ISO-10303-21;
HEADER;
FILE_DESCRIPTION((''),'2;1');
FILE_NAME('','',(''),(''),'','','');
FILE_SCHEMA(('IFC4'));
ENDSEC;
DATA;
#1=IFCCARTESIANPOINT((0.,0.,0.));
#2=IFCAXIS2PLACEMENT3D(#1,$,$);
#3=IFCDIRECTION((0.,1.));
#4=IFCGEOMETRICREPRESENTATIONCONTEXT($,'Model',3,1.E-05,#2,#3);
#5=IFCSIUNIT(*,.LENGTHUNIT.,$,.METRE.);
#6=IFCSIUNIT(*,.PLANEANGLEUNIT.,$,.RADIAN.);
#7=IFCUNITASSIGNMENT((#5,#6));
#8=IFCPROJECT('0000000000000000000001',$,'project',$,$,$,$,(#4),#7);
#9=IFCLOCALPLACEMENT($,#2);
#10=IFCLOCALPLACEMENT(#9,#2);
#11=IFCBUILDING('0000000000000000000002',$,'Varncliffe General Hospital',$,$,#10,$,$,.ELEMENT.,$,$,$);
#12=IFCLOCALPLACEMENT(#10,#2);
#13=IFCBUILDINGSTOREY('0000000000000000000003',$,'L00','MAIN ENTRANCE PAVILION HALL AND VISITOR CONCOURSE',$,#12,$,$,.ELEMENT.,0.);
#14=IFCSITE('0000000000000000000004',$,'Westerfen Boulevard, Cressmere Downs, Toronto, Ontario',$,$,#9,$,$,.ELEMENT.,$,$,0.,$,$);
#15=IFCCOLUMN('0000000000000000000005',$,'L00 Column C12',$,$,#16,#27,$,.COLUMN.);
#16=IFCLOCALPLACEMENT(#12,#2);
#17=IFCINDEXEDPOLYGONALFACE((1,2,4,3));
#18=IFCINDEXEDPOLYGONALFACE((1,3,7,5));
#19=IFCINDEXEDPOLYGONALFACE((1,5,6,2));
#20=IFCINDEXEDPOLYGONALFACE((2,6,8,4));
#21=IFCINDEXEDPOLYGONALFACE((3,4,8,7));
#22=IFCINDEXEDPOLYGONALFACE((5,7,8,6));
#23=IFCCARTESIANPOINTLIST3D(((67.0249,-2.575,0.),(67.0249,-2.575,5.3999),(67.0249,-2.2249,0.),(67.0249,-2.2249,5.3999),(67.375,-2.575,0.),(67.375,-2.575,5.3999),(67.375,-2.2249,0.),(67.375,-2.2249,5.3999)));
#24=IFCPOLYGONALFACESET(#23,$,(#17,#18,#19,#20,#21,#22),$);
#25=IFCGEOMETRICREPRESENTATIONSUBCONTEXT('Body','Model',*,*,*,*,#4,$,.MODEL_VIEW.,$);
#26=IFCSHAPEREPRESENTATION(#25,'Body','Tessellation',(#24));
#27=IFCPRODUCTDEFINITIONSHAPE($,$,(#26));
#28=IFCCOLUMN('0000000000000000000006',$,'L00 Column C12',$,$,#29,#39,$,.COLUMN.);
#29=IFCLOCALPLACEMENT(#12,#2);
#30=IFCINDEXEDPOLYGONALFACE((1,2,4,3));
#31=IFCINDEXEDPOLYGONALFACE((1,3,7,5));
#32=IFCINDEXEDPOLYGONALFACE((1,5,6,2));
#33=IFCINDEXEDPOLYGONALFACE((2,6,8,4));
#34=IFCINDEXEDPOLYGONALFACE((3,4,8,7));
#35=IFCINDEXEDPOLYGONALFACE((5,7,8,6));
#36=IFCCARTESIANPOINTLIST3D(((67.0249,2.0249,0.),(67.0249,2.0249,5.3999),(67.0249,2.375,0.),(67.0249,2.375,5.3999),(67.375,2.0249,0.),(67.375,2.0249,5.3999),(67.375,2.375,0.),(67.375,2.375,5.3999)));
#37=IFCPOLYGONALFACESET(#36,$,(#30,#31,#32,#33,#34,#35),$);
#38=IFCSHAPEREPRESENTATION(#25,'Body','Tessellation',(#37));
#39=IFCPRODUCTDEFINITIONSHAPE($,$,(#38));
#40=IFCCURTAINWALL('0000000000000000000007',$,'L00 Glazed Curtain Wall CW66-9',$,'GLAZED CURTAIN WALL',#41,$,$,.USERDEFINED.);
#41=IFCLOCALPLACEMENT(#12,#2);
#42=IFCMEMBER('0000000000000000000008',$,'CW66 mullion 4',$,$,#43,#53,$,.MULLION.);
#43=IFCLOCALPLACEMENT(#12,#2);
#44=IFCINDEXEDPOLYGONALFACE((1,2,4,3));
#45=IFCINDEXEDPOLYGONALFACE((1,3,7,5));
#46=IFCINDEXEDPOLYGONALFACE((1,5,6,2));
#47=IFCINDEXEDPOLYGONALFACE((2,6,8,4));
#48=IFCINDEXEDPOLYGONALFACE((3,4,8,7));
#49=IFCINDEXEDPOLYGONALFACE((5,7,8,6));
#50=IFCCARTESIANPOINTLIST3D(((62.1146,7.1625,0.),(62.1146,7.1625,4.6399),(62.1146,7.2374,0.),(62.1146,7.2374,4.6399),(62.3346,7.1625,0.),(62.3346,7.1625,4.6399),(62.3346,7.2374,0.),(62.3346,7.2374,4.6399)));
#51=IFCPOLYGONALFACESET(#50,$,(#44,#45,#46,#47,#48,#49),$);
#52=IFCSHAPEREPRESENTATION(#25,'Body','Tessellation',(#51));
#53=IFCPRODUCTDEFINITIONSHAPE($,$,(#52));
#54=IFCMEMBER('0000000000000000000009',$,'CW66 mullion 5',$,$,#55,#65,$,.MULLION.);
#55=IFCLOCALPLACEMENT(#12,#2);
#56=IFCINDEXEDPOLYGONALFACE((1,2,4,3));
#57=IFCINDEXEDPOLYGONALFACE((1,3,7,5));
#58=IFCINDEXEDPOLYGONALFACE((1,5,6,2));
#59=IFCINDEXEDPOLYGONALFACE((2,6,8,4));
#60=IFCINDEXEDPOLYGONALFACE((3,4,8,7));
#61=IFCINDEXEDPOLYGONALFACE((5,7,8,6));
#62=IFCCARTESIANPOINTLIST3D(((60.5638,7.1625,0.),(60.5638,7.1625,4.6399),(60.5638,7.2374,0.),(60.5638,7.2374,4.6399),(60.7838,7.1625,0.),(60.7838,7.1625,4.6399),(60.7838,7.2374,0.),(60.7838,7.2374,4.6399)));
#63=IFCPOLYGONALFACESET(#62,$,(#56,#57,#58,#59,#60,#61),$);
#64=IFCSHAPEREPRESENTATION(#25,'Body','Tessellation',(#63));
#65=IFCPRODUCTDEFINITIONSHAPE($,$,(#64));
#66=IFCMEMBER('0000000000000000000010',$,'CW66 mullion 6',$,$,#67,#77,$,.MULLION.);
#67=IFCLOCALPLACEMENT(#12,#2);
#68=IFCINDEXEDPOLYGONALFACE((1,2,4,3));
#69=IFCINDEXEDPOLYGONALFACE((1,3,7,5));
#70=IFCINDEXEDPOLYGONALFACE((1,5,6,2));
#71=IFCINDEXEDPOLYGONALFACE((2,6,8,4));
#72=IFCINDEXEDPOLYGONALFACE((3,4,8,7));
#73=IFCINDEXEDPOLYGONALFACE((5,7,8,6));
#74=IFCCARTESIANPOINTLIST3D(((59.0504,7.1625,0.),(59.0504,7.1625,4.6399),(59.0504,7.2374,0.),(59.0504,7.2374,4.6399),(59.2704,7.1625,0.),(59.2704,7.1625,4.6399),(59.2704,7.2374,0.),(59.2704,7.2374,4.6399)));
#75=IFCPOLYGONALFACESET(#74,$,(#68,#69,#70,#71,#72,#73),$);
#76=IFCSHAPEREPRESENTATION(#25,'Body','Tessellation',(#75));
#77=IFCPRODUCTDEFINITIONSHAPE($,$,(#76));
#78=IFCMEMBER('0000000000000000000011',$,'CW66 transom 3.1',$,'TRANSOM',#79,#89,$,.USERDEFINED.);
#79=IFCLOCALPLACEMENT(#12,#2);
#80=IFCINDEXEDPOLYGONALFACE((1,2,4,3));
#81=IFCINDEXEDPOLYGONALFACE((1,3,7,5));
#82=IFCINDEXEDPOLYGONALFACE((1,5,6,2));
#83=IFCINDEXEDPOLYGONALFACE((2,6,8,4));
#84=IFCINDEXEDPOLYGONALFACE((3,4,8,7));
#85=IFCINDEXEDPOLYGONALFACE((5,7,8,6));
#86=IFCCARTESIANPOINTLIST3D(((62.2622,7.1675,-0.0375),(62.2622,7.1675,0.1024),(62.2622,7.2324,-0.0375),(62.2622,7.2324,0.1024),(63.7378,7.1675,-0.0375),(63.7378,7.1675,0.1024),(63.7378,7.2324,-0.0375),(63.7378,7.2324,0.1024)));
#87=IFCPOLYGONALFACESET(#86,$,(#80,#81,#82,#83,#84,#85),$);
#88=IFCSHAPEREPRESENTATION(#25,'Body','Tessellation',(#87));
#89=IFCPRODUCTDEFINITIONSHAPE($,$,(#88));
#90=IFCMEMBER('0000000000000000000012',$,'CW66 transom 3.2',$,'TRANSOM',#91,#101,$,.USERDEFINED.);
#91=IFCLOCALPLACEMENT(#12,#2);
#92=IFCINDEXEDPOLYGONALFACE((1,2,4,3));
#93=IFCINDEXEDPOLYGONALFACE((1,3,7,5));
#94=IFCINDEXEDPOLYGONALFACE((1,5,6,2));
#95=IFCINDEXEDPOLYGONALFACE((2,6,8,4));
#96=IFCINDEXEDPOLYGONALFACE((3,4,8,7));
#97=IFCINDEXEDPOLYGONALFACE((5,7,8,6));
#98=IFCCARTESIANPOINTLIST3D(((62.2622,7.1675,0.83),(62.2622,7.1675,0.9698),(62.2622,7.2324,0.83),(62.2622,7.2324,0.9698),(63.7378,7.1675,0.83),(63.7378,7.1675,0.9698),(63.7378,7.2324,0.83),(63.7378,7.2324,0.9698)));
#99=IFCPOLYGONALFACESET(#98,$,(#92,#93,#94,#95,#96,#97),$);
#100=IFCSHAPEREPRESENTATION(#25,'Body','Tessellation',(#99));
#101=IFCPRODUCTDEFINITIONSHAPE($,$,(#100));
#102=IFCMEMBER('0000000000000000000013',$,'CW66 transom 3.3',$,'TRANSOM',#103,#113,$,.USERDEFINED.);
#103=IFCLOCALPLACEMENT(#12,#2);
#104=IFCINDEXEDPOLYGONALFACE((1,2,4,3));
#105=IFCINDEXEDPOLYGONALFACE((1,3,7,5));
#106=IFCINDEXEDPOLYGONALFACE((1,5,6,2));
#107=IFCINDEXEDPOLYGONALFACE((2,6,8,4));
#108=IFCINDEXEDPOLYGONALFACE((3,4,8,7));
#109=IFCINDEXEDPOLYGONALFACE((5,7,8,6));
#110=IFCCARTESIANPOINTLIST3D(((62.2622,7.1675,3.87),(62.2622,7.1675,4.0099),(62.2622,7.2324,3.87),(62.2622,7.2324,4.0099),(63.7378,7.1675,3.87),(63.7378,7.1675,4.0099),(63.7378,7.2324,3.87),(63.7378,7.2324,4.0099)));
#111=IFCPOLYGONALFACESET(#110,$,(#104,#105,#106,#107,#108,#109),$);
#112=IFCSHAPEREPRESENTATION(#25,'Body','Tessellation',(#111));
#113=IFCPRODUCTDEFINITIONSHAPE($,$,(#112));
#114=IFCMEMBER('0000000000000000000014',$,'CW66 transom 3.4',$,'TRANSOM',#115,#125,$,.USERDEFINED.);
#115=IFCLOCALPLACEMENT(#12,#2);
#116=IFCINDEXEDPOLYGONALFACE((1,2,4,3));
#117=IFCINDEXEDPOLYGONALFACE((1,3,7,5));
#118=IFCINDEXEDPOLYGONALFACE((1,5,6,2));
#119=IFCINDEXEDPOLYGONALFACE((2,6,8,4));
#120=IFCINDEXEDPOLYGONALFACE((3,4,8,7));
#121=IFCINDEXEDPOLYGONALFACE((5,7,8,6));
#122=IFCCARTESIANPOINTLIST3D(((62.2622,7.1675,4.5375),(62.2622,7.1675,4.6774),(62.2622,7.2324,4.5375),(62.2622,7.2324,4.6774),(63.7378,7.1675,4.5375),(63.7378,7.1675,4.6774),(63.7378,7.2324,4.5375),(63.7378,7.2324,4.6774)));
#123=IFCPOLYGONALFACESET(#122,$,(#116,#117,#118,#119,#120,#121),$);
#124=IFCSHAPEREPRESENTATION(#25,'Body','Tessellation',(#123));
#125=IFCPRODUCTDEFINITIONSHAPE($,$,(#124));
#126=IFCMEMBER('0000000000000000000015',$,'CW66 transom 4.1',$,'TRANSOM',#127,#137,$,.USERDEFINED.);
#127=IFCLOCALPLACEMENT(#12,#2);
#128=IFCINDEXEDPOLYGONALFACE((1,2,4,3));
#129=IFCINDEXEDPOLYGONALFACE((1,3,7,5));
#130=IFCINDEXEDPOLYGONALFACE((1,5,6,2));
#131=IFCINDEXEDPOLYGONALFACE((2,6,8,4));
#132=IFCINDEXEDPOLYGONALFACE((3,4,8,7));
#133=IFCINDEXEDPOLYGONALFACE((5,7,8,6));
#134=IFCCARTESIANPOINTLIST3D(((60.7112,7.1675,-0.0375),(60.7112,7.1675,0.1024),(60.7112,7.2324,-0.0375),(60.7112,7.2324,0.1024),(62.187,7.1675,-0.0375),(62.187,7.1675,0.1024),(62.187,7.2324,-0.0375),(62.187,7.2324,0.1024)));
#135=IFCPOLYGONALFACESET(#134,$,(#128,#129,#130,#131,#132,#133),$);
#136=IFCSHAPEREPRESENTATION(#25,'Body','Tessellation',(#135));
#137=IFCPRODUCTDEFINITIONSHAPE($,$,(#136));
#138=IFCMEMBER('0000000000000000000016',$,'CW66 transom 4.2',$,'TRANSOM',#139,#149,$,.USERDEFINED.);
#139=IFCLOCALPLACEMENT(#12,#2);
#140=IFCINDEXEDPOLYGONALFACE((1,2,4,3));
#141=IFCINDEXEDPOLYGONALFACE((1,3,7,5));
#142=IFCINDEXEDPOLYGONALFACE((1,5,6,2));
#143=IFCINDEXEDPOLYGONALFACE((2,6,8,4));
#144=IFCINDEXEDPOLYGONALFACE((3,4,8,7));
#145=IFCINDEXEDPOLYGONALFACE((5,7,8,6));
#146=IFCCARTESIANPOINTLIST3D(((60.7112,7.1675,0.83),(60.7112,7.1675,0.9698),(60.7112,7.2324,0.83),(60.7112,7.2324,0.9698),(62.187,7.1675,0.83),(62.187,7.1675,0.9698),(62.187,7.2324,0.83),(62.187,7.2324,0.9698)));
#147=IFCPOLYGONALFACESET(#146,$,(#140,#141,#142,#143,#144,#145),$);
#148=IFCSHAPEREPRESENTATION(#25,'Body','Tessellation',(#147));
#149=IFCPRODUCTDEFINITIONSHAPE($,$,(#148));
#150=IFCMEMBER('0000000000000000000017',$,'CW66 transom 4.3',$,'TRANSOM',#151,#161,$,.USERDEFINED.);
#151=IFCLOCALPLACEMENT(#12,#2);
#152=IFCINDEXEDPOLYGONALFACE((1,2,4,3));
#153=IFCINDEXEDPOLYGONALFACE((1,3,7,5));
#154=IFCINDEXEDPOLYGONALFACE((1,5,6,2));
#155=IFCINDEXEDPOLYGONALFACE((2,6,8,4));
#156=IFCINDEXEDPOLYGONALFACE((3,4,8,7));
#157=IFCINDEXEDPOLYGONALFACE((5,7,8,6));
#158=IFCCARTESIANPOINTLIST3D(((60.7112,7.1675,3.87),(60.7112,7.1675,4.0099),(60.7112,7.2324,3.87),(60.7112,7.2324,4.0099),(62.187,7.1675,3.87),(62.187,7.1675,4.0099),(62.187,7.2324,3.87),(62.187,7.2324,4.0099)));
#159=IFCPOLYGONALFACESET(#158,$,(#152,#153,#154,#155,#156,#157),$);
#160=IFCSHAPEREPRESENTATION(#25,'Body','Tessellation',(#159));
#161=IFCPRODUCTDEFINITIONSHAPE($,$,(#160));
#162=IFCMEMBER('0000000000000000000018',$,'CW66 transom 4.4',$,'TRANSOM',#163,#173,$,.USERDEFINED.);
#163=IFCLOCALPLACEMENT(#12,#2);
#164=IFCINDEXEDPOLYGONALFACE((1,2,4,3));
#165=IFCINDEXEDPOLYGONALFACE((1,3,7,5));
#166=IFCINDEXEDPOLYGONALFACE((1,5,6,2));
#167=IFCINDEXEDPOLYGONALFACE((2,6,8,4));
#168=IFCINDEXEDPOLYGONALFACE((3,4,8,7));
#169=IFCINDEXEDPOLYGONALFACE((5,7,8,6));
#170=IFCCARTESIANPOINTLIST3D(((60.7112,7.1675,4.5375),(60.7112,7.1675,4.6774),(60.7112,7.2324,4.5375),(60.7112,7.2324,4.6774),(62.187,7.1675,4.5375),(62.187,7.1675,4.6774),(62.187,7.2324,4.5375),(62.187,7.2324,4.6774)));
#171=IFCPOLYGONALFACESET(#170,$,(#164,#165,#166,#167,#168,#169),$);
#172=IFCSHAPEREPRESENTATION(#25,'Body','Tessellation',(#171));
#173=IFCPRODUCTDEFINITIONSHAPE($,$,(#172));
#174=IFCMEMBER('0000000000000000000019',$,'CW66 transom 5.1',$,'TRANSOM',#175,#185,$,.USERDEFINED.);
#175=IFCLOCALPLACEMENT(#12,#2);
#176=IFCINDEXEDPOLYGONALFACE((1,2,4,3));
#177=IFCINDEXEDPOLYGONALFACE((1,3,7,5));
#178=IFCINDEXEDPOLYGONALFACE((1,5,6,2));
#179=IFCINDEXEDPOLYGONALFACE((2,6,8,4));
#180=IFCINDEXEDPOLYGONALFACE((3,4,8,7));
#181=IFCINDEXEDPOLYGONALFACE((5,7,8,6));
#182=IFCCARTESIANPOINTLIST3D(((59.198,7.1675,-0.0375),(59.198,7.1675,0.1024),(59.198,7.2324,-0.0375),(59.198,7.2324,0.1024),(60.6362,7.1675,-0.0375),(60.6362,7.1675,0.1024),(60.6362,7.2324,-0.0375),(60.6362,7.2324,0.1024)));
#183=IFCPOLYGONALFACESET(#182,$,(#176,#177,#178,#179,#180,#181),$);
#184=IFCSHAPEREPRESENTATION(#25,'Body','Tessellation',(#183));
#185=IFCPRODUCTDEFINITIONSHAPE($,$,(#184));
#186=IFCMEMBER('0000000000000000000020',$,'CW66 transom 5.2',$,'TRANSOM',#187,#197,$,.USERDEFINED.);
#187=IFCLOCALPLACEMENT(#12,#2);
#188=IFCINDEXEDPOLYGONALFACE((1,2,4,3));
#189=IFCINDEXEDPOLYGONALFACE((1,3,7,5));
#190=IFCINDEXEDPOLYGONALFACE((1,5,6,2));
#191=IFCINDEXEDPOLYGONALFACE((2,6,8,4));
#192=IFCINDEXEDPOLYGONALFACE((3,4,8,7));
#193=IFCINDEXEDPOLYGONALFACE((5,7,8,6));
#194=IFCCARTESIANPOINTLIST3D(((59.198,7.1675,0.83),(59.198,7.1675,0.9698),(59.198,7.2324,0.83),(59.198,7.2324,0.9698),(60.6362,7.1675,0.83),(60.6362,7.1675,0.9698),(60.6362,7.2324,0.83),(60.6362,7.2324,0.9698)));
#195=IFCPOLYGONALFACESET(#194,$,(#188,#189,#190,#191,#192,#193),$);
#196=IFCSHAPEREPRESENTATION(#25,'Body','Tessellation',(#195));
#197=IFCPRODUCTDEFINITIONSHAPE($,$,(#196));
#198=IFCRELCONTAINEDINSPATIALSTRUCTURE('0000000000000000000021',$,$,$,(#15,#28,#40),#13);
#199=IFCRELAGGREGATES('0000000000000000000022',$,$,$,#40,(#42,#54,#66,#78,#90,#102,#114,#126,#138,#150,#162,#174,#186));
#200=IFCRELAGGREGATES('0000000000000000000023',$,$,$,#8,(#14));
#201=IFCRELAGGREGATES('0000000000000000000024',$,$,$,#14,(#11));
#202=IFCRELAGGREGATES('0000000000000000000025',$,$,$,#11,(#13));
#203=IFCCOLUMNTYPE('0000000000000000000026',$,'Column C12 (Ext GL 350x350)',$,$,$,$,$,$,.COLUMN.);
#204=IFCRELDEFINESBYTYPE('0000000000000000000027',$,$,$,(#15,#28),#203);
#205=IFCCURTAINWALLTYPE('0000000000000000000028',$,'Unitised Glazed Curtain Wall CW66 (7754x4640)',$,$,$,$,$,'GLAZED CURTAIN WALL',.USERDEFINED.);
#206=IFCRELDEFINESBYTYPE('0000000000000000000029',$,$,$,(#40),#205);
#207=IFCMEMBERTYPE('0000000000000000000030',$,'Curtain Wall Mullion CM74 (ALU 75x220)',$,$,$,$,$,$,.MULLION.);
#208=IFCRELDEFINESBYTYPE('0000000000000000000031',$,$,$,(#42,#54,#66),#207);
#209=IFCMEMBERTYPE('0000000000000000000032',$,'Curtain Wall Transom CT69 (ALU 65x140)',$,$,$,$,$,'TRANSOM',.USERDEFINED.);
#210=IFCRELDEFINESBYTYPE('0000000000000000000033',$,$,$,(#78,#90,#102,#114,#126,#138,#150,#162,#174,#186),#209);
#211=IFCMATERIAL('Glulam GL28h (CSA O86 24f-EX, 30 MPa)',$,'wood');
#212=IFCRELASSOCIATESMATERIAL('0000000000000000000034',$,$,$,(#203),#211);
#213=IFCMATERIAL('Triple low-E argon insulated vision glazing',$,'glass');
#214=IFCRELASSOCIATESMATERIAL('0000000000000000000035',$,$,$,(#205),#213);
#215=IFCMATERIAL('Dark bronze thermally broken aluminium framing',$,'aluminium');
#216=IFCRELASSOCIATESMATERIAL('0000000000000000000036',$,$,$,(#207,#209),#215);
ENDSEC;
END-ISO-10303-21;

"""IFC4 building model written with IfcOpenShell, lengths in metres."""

from ifc_helpers import new_model, si_unit, direction, frame, origin, origin_2d, place, context, subcontext, project, spatial, rectangle, extrude, material, material_profile, profile_set, type_object, element, aggregate, save


model = new_model("IFC4")

# Units and contexts
model_context = context("Model", 3, precision=1e-05, world=origin(), true_north=direction((0.0, 1.0)))
body_context = subcontext(model_context, "Body", "Model", "MODEL_VIEW")
ifc_project = project(units=[si_unit("LENGTHUNIT", "METRE"), si_unit("PLANEANGLEUNIT", "RADIAN")], contexts=[model_context])

# Site, building, storey
site_placement = place(None, origin())
site = spatial("IfcSite", under=ifc_project, at=site_placement, Name="Westerfen Boulevard, Cressmere Downs, Toronto, Ontario", CompositionType="ELEMENT", RefElevation=0.0)
building_placement = place(site_placement, origin())
building = spatial("IfcBuilding", under=site, at=building_placement, Name="Varncliffe General Hospital", CompositionType="ELEMENT")
storey_placement = place(building_placement, origin())
storey = spatial("IfcBuildingStorey", under=building, at=storey_placement, Name="L00", Description="MAIN ENTRANCE PAVILION HALL AND VISITOR CONCOURSE", CompositionType="ELEMENT", Elevation=0.0)

# Columns
ifc_material_1 = material(Name="Glulam GL28h (CSA O86 24f-EX, 30 MPa)", Category="wood")
ifc_material_profile_1 = material_profile(ifc_material_1, rectangle(XDim=0.3501, YDim=0.3501, at=origin_2d()), Name="GL 350x350")
ifc_profile_set_1 = profile_set([ifc_material_profile_1], Name="Glulam GL28h (CSA O86 24f-EX, 30 MPa)")
column_type = type_object("IfcColumnType", Name="Column C12 (Ext GL 350x350)", PredefinedType="COLUMN", material=ifc_profile_set_1)
for number, where, z_axis, x_axis, name in (
    (1, (67.2, -2.3999, 0.0), (0.0, 0.0, 1.0), (1.0, 0.0, 0.0), "L00 Column C12"),
    (2, (67.2, 2.2, 0.0), (0.0, 0.0, 1.0), (1.0, 0.0, 0.0), "L00 Column C12"),
):
    element("IfcColumn", number, at=place(storey_placement, frame(where, z_axis=z_axis, x_axis=x_axis)), inside=storey, type_object=column_type, Name=name, PredefinedType="COLUMN", context=body_context, shape_type="SweptSolid", body=[
        extrude(rectangle(XDim=0.3501, YDim=0.3501, at=origin_2d()), origin(), (0.0, 0.0, 1.0), 5.3999),
    ])

# Curtain wall, members
ifc_material_2 = material(Name="Triple low-E argon insulated vision glazing", Category="glass")
curtain_wall_type = type_object("IfcCurtainWallType", Name="Unitised Glazed Curtain Wall CW66 (7754x4640)", ElementType="GLAZED CURTAIN WALL", PredefinedType="USERDEFINED", material=ifc_material_2)
curtain_wall_placement = place(storey_placement, origin())
curtain_wall = element("IfcCurtainWall", 3, at=curtain_wall_placement, inside=storey, type_object=curtain_wall_type, Name="L00 Glazed Curtain Wall CW66-9", ObjectType="GLAZED CURTAIN WALL", PredefinedType="USERDEFINED")
ifc_material_3 = material(Name="Dark bronze thermally broken aluminium framing", Category="aluminium")
ifc_material_profile_2 = material_profile(ifc_material_3, rectangle(XDim=0.075, YDim=0.22, at=origin_2d()), Name="ALU 75x220")
ifc_profile_set_2 = profile_set([ifc_material_profile_2], Name="Dark bronze thermally broken aluminium framing")
member_type_1 = type_object("IfcMemberType", Name="Curtain Wall Mullion CM74 (ALU 75x220)", PredefinedType="MULLION", material=ifc_profile_set_2)
member_1_placement = place(storey_placement, frame((62.2246, 7.2, 0.0), z_axis=(0.0, 0.0, 1.0), x_axis=(0.0, -1.0, 0.0)))
member_1 = element("IfcMember", 4, at=member_1_placement, type_object=member_type_1, Name="CW66 mullion 4", PredefinedType="MULLION", context=body_context, shape_type="SweptSolid", body=[
    extrude(rectangle(XDim=0.075, YDim=0.22, at=origin_2d()), origin(), (0.0, 0.0, 1.0), 4.6399),
])
member_2_placement = place(storey_placement, frame((60.6738, 7.2, 0.0), z_axis=(0.0, 0.0, 1.0), x_axis=(0.0, -1.0, 0.0)))
member_2 = element("IfcMember", 5, at=member_2_placement, type_object=member_type_1, Name="CW66 mullion 5", PredefinedType="MULLION", context=body_context, shape_type="SweptSolid", body=[
    extrude(rectangle(XDim=0.075, YDim=0.22, at=origin_2d()), origin(), (0.0, 0.0, 1.0), 4.6399),
])
member_3_placement = place(storey_placement, frame((59.1604, 7.2, 0.0), z_axis=(0.0, 0.0, 1.0), x_axis=(0.0, -1.0, 0.0)))
member_3 = element("IfcMember", 6, at=member_3_placement, type_object=member_type_1, Name="CW66 mullion 6", PredefinedType="MULLION", context=body_context, shape_type="SweptSolid", body=[
    extrude(rectangle(XDim=0.075, YDim=0.22, at=origin_2d()), origin(), (0.0, 0.0, 1.0), 4.6399),
])
ifc_material_profile_3 = material_profile(ifc_material_3, rectangle(XDim=0.0649, YDim=0.1399, at=origin_2d()), Name="ALU 65x140")
ifc_profile_set_3 = profile_set([ifc_material_profile_3], Name="Dark bronze thermally broken aluminium framing")
member_type_2 = type_object("IfcMemberType", Name="Curtain Wall Transom CT69 (ALU 65x140)", ElementType="TRANSOM", PredefinedType="USERDEFINED", material=ifc_profile_set_3)
member_4_placement = place(storey_placement, frame((63.7378, 7.2, 0.0325), z_axis=(-1.0, 0.0, 0.0), x_axis=(0.0, -1.0, 0.0)))
member_4 = element("IfcMember", 7, at=member_4_placement, type_object=member_type_2, Name="CW66 transom 3.1", ObjectType="TRANSOM", PredefinedType="USERDEFINED", context=body_context, shape_type="SweptSolid", body=[
    extrude(rectangle(XDim=0.0649, YDim=0.1399, at=origin_2d()), origin(), (0.0, 0.0, 1.0), 1.4756),
])
member_5_placement = place(storey_placement, frame((63.7378, 7.2, 0.8999), z_axis=(-1.0, 0.0, 0.0), x_axis=(0.0, -1.0, 0.0)))
member_5 = element("IfcMember", 8, at=member_5_placement, type_object=member_type_2, Name="CW66 transom 3.2", ObjectType="TRANSOM", PredefinedType="USERDEFINED", context=body_context, shape_type="SweptSolid", body=[
    extrude(rectangle(XDim=0.0649, YDim=0.1399, at=origin_2d()), origin(), (0.0, 0.0, 1.0), 1.4756),
])
member_6_placement = place(storey_placement, frame((63.7378, 7.2, 3.9399), z_axis=(-1.0, 0.0, 0.0), x_axis=(0.0, -1.0, 0.0)))
member_6 = element("IfcMember", 9, at=member_6_placement, type_object=member_type_2, Name="CW66 transom 3.3", ObjectType="TRANSOM", PredefinedType="USERDEFINED", context=body_context, shape_type="SweptSolid", body=[
    extrude(rectangle(XDim=0.0649, YDim=0.1399, at=origin_2d()), origin(), (0.0, 0.0, 1.0), 1.4756),
])
member_7_placement = place(storey_placement, frame((63.7378, 7.2, 4.6074), z_axis=(-1.0, 0.0, 0.0), x_axis=(0.0, -1.0, 0.0)))
member_7 = element("IfcMember", 10, at=member_7_placement, type_object=member_type_2, Name="CW66 transom 3.4", ObjectType="TRANSOM", PredefinedType="USERDEFINED", context=body_context, shape_type="SweptSolid", body=[
    extrude(rectangle(XDim=0.0649, YDim=0.1399, at=origin_2d()), origin(), (0.0, 0.0, 1.0), 1.4756),
])
member_8_placement = place(storey_placement, frame((62.187, 7.2, 0.0325), z_axis=(-1.0, 0.0, 0.0), x_axis=(0.0, -1.0, 0.0)))
member_8 = element("IfcMember", 11, at=member_8_placement, type_object=member_type_2, Name="CW66 transom 4.1", ObjectType="TRANSOM", PredefinedType="USERDEFINED", context=body_context, shape_type="SweptSolid", body=[
    extrude(rectangle(XDim=0.0649, YDim=0.1399, at=origin_2d()), origin(), (0.0, 0.0, 1.0), 1.4758),
])
member_9_placement = place(storey_placement, frame((62.187, 7.2, 0.8999), z_axis=(-1.0, 0.0, 0.0), x_axis=(0.0, -1.0, 0.0)))
member_9 = element("IfcMember", 12, at=member_9_placement, type_object=member_type_2, Name="CW66 transom 4.2", ObjectType="TRANSOM", PredefinedType="USERDEFINED", context=body_context, shape_type="SweptSolid", body=[
    extrude(rectangle(XDim=0.0649, YDim=0.1399, at=origin_2d()), origin(), (0.0, 0.0, 1.0), 1.4758),
])
member_10_placement = place(storey_placement, frame((62.187, 7.2, 3.9399), z_axis=(-1.0, 0.0, 0.0), x_axis=(0.0, -1.0, 0.0)))
member_10 = element("IfcMember", 13, at=member_10_placement, type_object=member_type_2, Name="CW66 transom 4.3", ObjectType="TRANSOM", PredefinedType="USERDEFINED", context=body_context, shape_type="SweptSolid", body=[
    extrude(rectangle(XDim=0.0649, YDim=0.1399, at=origin_2d()), origin(), (0.0, 0.0, 1.0), 1.4758),
])
member_11_placement = place(storey_placement, frame((62.187, 7.2, 4.6074), z_axis=(-1.0, 0.0, 0.0), x_axis=(0.0, -1.0, 0.0)))
member_11 = element("IfcMember", 14, at=member_11_placement, type_object=member_type_2, Name="CW66 transom 4.4", ObjectType="TRANSOM", PredefinedType="USERDEFINED", context=body_context, shape_type="SweptSolid", body=[
    extrude(rectangle(XDim=0.0649, YDim=0.1399, at=origin_2d()), origin(), (0.0, 0.0, 1.0), 1.4758),
])
member_12_placement = place(storey_placement, frame((60.6362, 7.2, 0.0325), z_axis=(-1.0, 0.0, 0.0), x_axis=(0.0, -1.0, 0.0)))
member_12 = element("IfcMember", 15, at=member_12_placement, type_object=member_type_2, Name="CW66 transom 5.1", ObjectType="TRANSOM", PredefinedType="USERDEFINED", context=body_context, shape_type="SweptSolid", body=[
    extrude(rectangle(XDim=0.0649, YDim=0.1399, at=origin_2d()), origin(), (0.0, 0.0, 1.0), 1.4382),
])
member_13_placement = place(storey_placement, frame((60.6362, 7.2, 0.8999), z_axis=(-1.0, 0.0, 0.0), x_axis=(0.0, -1.0, 0.0)))
member_13 = element("IfcMember", 16, at=member_13_placement, type_object=member_type_2, Name="CW66 transom 5.2", ObjectType="TRANSOM", PredefinedType="USERDEFINED", context=body_context, shape_type="SweptSolid", body=[
    extrude(rectangle(XDim=0.0649, YDim=0.1399, at=origin_2d()), origin(), (0.0, 0.0, 1.0), 1.4382),
])

aggregate(curtain_wall, [member_1, member_2, member_3, member_4, member_5, member_6, member_7, member_8, member_9, member_10, member_11, member_12, member_13])

save(model, "model.ifc")
